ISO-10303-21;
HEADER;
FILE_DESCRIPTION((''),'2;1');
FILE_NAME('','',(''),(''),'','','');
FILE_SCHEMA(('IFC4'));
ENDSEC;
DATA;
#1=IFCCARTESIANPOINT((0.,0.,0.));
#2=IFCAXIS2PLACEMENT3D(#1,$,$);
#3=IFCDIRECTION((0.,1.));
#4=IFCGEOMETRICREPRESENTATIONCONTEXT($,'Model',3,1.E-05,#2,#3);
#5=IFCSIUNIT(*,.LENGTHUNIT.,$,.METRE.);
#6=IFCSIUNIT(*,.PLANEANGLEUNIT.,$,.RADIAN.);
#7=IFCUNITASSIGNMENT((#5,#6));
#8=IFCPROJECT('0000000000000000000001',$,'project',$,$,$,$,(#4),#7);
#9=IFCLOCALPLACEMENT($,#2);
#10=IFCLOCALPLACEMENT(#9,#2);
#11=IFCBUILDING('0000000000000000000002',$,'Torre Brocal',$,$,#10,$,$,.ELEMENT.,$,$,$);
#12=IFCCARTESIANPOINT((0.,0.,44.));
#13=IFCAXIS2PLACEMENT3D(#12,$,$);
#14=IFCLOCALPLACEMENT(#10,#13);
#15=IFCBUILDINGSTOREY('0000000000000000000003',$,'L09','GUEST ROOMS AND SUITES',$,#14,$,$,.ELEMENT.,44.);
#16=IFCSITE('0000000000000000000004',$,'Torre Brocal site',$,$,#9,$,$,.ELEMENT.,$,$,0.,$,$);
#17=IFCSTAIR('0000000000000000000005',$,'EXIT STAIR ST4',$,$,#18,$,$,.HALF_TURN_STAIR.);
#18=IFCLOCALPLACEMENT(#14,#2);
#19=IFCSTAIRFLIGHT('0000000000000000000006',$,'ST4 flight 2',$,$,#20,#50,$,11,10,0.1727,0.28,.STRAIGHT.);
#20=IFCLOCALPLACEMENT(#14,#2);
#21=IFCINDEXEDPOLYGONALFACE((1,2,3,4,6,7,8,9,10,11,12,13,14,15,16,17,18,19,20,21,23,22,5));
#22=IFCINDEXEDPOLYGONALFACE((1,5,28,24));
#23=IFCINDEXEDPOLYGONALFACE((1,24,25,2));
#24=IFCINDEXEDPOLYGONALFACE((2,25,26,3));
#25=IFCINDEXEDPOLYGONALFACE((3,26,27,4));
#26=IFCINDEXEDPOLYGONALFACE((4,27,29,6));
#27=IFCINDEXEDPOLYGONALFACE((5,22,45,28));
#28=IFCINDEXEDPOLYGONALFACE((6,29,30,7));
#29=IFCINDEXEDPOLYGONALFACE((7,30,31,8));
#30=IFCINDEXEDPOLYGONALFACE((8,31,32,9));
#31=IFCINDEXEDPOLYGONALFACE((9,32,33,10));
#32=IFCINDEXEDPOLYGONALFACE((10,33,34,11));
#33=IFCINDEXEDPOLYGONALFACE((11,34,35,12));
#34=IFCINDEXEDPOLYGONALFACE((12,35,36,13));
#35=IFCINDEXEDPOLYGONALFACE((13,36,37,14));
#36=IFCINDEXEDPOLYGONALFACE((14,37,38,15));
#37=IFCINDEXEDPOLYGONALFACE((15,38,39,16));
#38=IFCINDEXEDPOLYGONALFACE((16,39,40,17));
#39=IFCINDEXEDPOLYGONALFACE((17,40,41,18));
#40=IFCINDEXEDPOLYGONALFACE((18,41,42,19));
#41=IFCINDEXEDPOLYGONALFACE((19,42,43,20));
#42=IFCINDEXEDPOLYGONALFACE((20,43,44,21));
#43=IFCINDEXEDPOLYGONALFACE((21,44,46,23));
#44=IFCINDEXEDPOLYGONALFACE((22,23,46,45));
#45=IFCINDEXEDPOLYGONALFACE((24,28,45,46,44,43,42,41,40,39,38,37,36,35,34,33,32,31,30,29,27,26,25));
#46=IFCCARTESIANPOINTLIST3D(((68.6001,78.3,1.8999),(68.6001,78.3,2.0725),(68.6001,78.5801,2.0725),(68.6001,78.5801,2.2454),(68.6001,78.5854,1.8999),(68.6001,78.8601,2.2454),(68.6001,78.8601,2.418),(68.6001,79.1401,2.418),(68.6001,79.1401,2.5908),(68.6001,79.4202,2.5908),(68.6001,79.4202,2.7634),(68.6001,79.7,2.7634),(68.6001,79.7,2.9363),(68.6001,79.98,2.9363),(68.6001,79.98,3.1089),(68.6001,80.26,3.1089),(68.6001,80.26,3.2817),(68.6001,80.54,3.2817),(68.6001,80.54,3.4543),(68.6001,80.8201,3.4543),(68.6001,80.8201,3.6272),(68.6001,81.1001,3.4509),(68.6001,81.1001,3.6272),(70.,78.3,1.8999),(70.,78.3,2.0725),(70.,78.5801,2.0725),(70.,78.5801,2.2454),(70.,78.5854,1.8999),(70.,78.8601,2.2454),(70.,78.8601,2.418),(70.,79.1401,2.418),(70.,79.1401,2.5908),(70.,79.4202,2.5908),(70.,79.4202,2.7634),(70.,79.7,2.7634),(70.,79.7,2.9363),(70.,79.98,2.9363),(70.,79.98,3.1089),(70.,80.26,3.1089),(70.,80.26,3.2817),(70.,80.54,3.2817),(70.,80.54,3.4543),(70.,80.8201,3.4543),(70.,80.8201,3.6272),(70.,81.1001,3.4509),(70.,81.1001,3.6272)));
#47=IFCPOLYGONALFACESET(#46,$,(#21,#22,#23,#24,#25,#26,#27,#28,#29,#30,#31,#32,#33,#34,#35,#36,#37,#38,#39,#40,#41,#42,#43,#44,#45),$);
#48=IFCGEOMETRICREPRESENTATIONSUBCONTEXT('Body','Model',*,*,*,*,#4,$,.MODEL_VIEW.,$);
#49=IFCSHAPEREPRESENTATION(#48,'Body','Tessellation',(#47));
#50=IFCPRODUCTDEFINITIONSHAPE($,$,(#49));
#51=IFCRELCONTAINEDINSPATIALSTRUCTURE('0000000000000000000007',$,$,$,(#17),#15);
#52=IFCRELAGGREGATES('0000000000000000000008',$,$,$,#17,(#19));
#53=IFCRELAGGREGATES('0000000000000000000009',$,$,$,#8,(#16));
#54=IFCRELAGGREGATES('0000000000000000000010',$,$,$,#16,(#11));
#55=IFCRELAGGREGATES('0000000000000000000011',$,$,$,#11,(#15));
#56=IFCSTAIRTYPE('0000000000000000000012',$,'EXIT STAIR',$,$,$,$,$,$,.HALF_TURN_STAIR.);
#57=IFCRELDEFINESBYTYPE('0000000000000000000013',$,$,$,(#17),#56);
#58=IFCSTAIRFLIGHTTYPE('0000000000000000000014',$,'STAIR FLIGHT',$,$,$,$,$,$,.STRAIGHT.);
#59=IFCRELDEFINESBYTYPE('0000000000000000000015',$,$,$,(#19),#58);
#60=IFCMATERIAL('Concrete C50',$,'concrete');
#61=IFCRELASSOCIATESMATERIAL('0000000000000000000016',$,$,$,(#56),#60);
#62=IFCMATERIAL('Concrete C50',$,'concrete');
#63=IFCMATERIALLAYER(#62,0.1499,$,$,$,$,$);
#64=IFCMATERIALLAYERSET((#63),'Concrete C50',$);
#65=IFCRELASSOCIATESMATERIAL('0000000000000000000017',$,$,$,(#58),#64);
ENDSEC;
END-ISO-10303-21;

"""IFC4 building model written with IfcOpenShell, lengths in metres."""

from ifc_helpers import new_model, si_unit, direction, frame, origin, place, context, subcontext, project, spatial, polyline, outline, extrude, material, layer, layer_set, type_object, element, aggregate, save


model = new_model("IFC4")

# Units and contexts
model_context = context("Model", 3, precision=1e-05, world=origin(), true_north=direction((0.0, 1.0)))
body_context = subcontext(model_context, "Body", "Model", "MODEL_VIEW")
ifc_project = project(units=[si_unit("LENGTHUNIT", "METRE"), si_unit("PLANEANGLEUNIT", "RADIAN")], contexts=[model_context])

# Site, building, storey
site_placement = place(None, origin())
site = spatial("IfcSite", under=ifc_project, at=site_placement, Name="Torre Brocal site", CompositionType="ELEMENT", RefElevation=0.0)
building_placement = place(site_placement, origin())
building = spatial("IfcBuilding", under=site, at=building_placement, Name="Torre Brocal", CompositionType="ELEMENT")
storey_placement = place(building_placement, frame((0.0, 0.0, 44.0)))
storey = spatial("IfcBuildingStorey", under=building, at=storey_placement, Name="L09", Description="GUEST ROOMS AND SUITES", CompositionType="ELEMENT", Elevation=44.0)

# Stair, stair flight
ifc_material_1 = material(Name="Concrete C50", Category="concrete")
stair_type = type_object("IfcStairType", Name="EXIT STAIR", PredefinedType="HALF_TURN_STAIR", material=ifc_material_1)
stair_placement = place(storey_placement, origin())
stair = element("IfcStair", 1, at=stair_placement, inside=storey, type_object=stair_type, Name="EXIT STAIR ST4", PredefinedType="HALF_TURN_STAIR")
ifc_material_2 = material(Name="Concrete C50", Category="concrete")
ifc_layer_1 = layer(ifc_material_2, 0.1499)
ifc_layer_set_1 = layer_set([ifc_layer_1], Name="Concrete C50")
stair_flight_type = type_object("IfcStairFlightType", Name="STAIR FLIGHT", PredefinedType="STRAIGHT", material=ifc_layer_set_1)
stair_flight_1_placement = place(storey_placement, frame((69.3, 78.3, 1.8999), z_axis=(0.0, 0.0, 1.0), x_axis=(0.0, 1.0, 0.0)))
stair_flight_1 = element("IfcStairFlight", 2, at=stair_flight_1_placement, type_object=stair_flight_type, Name="ST4 flight 2", NumberOfRisers=11, NumberOfTreads=10, PredefinedType="STRAIGHT", RiserHeight=0.1727, TreadLength=0.28, context=body_context, shape_type="SweptSolid", body=[
    extrude(outline(polyline([(0.0, 0.0), (0.0, 0.1726), (0.28, 0.1726), (0.28, 0.3455), (0.5601, 0.3455), (0.5601, 0.5181), (0.8401, 0.5181), (0.8401, 0.6909), (1.1201, 0.6909), (1.1201, 0.8635), (1.3999, 0.8635), (1.3999, 1.0364), (1.6799, 1.0364), (1.6799, 1.209), (1.96, 1.209), (1.96, 1.3818), (2.24, 1.3818), (2.24, 1.5544), (2.52, 1.5544), (2.52, 1.7273), (2.8, 1.7273), (2.8, 1.8999), (2.8, 1.551), (0.2854, 0.0), (0.0, 0.0)])), frame((0.0, 0.7, 0.0), z_axis=(0.0, -1.0, 0.0), x_axis=(1.0, 0.0, 0.0)), (0.0, 0.0, 1.0), 1.3999),
])
aggregate(stair, [stair_flight_1])

save(model, "model.ifc")
